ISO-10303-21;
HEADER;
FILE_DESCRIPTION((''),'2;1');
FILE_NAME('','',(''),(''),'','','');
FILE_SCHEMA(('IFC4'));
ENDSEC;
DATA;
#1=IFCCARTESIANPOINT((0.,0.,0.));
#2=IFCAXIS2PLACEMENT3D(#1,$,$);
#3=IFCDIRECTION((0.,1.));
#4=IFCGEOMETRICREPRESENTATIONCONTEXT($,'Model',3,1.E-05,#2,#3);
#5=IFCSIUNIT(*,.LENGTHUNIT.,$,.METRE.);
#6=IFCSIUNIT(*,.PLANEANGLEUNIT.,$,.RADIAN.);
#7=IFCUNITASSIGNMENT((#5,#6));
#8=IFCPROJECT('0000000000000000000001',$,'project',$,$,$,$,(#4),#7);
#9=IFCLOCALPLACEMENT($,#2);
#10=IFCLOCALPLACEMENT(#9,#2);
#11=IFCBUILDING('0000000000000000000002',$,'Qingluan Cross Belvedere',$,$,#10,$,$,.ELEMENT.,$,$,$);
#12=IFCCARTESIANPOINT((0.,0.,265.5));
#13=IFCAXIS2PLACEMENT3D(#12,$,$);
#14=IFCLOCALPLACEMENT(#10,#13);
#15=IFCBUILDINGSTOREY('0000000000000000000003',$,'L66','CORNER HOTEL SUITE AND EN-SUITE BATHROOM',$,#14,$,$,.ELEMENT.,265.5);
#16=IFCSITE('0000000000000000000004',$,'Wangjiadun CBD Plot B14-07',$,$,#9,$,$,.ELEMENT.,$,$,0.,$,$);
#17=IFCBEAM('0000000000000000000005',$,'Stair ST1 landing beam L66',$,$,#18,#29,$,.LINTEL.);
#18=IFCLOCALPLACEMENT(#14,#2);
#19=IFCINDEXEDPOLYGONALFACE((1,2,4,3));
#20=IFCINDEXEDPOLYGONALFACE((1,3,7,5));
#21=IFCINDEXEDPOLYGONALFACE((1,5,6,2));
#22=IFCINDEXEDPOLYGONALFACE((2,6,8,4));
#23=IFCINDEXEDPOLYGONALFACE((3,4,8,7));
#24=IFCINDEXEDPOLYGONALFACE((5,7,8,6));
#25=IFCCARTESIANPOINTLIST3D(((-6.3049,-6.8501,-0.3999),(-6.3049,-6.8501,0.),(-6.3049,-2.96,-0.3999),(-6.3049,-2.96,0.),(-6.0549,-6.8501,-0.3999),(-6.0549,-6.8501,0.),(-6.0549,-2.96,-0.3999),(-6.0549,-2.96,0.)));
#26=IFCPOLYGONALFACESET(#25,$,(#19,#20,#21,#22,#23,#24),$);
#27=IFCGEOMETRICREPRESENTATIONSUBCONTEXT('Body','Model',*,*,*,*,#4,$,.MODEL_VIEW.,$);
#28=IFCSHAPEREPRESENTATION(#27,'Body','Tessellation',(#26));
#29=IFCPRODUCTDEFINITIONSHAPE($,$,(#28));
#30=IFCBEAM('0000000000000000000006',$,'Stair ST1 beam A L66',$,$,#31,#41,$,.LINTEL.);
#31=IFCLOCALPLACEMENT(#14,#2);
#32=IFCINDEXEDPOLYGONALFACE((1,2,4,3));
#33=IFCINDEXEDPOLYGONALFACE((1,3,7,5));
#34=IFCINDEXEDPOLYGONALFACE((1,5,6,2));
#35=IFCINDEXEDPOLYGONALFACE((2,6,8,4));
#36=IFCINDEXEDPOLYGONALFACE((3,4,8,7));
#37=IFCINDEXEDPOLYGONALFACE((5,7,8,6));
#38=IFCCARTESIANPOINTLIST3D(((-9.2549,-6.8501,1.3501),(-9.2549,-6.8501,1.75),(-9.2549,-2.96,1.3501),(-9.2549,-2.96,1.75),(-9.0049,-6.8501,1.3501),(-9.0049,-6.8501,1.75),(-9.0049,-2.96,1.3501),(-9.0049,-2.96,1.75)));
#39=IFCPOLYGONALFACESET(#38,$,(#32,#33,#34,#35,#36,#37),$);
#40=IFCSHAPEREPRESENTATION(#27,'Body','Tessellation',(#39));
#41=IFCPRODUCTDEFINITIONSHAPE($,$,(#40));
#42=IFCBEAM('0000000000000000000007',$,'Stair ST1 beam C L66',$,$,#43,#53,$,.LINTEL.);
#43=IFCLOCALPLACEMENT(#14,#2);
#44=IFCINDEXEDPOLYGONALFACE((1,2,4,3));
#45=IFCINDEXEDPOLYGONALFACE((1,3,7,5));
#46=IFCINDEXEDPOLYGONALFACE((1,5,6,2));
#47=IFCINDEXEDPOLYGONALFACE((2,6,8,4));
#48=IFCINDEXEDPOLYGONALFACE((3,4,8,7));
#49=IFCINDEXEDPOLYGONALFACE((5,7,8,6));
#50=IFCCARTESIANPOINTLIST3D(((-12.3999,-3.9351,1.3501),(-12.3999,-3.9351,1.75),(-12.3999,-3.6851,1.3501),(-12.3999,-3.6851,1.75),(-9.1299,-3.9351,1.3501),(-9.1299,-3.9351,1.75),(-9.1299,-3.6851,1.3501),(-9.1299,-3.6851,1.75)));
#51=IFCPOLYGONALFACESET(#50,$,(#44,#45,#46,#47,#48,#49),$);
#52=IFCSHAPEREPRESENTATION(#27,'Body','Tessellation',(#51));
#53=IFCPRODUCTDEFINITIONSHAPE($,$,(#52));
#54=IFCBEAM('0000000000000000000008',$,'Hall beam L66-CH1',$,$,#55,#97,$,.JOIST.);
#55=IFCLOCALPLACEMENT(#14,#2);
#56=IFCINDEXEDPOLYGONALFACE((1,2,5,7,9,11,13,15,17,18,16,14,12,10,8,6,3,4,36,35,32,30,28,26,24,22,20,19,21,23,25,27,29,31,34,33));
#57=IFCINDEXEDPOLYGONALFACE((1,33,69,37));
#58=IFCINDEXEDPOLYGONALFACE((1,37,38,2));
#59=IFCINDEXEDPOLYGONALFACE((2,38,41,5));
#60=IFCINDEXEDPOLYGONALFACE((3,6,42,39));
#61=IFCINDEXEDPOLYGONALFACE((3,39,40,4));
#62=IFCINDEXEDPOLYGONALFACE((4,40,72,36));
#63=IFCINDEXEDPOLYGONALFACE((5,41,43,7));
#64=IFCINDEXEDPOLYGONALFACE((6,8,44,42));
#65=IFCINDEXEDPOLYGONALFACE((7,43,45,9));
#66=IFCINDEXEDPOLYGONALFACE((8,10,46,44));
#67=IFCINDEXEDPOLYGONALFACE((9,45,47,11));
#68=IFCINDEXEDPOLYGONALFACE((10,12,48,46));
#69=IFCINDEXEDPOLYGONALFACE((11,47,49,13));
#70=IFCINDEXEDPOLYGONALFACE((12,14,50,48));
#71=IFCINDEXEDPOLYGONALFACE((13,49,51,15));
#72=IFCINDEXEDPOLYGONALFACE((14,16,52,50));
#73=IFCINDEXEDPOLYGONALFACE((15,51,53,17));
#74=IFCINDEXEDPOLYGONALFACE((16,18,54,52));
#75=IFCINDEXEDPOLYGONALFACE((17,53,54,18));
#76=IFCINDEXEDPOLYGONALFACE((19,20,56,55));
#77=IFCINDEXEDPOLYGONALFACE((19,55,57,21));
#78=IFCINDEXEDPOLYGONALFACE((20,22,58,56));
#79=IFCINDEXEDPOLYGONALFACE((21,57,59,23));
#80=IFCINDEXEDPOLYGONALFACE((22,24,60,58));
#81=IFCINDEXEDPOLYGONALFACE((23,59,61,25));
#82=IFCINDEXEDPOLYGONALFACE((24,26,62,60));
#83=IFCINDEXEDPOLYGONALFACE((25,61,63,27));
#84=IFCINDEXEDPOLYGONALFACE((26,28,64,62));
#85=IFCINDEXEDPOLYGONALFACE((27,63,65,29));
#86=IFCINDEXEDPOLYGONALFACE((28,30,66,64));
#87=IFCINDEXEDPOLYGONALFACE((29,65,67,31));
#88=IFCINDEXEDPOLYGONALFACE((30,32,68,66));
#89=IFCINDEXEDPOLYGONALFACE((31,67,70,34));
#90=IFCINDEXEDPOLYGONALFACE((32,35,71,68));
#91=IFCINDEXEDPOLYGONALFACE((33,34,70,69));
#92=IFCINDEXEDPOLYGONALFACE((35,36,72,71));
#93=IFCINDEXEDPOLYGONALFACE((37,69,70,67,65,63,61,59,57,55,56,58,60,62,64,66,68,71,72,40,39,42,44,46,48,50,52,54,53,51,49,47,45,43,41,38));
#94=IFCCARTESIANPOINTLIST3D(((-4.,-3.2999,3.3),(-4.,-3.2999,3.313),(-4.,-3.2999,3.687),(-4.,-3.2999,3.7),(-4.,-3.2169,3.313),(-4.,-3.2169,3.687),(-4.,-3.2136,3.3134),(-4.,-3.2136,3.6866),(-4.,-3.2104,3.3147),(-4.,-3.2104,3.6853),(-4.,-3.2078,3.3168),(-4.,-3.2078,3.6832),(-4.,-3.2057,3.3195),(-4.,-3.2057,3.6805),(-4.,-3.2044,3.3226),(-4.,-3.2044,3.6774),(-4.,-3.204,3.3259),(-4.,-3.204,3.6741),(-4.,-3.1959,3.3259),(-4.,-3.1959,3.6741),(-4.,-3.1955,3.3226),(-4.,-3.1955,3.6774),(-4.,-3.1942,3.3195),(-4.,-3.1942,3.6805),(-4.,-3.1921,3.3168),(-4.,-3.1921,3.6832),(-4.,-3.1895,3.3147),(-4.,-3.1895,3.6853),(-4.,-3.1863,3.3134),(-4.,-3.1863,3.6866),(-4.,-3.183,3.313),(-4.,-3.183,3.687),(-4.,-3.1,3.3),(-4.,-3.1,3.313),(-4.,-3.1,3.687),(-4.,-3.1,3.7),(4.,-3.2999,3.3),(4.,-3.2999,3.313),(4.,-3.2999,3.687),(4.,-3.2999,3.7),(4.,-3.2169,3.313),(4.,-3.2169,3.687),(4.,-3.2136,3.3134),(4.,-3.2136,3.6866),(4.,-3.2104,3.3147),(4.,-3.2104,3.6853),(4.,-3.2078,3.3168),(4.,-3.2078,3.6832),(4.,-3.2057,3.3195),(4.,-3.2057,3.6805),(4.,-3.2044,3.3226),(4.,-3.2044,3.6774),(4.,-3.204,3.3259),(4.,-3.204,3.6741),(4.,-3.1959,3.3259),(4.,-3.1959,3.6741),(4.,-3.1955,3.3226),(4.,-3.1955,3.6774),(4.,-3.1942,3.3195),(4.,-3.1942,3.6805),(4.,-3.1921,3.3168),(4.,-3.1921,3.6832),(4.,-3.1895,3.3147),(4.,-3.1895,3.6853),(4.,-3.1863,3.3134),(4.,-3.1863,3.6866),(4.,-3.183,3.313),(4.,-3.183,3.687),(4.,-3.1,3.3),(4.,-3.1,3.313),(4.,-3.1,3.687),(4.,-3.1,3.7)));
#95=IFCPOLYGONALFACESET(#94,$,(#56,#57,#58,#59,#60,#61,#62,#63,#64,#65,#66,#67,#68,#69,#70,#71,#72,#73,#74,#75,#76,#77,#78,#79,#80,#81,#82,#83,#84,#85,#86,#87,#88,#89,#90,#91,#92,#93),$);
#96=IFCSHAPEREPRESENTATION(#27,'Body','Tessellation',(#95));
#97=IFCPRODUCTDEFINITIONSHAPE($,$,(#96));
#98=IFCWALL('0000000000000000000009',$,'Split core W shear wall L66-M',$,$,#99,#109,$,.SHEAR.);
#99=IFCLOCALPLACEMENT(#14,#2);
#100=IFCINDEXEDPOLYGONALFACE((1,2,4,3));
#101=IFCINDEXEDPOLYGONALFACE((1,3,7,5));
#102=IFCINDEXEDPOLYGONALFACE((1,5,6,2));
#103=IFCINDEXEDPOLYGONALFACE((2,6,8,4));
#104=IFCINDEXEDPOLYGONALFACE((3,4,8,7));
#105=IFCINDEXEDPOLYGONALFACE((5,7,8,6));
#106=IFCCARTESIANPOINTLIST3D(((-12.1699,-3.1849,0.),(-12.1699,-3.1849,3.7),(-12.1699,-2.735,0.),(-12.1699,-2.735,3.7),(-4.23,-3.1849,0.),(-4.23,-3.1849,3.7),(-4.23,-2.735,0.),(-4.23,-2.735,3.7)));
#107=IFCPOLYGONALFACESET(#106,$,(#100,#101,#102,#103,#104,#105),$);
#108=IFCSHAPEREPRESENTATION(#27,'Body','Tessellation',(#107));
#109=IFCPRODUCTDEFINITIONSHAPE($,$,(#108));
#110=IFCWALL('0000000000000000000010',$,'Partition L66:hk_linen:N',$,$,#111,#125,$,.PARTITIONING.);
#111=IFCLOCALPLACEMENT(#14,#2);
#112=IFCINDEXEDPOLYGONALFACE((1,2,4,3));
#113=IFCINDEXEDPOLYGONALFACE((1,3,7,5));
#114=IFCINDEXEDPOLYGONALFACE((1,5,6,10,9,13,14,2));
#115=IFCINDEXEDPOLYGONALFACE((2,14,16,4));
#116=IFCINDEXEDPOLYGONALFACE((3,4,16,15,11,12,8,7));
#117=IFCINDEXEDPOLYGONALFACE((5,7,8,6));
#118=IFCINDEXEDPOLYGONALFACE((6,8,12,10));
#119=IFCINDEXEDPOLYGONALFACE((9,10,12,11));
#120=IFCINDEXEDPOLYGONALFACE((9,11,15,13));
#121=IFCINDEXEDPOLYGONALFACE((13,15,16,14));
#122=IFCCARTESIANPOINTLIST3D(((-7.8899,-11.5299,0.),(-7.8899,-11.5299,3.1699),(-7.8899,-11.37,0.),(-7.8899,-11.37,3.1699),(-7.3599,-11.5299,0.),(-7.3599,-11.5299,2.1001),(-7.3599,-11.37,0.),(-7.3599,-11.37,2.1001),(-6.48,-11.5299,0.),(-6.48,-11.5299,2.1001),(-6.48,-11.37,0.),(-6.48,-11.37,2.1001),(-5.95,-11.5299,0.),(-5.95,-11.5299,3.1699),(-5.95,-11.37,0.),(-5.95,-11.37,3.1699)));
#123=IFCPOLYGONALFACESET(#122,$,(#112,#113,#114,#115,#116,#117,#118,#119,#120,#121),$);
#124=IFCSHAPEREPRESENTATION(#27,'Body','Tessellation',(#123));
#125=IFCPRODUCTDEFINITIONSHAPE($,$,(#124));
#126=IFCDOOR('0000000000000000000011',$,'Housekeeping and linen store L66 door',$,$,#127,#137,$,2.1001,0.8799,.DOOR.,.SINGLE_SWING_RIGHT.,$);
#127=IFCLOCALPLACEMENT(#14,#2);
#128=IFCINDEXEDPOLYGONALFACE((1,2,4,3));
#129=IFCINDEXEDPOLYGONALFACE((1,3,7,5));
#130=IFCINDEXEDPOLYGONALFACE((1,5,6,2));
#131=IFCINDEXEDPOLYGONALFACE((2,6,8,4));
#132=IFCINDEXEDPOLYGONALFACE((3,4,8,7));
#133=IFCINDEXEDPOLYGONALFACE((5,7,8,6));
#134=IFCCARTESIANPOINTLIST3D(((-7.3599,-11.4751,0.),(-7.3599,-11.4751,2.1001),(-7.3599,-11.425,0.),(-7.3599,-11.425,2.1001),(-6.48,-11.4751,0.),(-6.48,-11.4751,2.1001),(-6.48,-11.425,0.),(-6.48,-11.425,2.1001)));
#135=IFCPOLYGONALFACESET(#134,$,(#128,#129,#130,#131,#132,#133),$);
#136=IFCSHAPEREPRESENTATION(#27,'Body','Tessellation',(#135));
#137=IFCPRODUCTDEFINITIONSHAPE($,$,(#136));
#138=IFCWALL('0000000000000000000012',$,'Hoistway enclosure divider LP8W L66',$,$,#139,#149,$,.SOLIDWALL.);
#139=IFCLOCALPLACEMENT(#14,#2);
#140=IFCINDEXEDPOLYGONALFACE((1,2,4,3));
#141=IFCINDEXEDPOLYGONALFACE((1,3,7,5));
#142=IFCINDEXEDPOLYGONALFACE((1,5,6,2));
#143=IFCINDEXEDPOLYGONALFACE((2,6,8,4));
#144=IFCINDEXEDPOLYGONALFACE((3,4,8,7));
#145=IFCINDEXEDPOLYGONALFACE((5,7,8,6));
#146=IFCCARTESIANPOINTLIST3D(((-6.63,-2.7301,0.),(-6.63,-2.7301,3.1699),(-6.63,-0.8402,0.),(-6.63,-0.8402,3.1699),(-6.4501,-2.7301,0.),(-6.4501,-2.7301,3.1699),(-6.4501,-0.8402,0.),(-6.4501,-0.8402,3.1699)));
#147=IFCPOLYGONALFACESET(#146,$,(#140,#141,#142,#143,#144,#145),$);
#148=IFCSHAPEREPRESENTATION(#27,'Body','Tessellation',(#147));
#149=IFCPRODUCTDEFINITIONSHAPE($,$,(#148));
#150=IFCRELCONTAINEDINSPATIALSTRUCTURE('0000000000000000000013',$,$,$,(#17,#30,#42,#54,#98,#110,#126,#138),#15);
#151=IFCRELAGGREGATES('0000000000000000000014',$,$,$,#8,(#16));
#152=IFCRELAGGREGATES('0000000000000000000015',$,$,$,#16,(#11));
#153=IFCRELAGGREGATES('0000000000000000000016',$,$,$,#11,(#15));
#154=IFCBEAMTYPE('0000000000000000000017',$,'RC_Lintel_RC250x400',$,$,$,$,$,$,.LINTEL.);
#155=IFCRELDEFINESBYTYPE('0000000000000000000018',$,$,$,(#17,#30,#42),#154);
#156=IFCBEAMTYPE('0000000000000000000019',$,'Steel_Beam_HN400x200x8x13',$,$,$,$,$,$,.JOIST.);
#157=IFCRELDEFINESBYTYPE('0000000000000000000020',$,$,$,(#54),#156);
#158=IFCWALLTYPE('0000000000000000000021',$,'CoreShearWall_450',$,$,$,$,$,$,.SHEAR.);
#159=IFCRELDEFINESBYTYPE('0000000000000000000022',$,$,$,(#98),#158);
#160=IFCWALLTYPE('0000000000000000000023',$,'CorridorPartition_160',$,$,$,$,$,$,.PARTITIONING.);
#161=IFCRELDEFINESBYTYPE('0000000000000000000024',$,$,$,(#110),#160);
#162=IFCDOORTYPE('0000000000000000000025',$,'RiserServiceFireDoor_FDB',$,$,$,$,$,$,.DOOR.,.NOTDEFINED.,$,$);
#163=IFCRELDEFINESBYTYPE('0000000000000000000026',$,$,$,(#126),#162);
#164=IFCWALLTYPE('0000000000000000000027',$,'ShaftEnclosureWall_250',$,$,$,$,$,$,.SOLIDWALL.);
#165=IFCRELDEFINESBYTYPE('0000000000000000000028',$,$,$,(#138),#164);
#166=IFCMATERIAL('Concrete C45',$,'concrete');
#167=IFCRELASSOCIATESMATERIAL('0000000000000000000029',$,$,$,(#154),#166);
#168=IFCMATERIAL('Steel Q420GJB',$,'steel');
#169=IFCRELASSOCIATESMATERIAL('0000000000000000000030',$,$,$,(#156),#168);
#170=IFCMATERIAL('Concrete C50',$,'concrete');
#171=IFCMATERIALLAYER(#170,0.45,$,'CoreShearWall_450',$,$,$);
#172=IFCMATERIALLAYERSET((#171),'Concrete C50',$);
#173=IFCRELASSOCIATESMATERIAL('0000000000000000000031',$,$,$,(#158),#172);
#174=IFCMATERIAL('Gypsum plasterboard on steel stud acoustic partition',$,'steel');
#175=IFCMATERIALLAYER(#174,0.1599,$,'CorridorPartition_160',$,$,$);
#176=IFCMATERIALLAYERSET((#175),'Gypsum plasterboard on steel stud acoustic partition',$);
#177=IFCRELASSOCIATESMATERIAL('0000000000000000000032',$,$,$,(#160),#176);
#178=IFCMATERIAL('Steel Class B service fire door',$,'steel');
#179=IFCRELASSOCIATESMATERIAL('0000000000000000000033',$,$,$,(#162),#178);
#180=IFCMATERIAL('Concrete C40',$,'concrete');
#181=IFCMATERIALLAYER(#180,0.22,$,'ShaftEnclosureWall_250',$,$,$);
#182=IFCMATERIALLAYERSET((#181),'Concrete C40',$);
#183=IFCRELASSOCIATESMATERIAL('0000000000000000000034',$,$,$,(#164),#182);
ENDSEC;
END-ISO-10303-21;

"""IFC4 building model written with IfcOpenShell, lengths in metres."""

from ifc_helpers import new_model, si_unit, direction, frame, frame_2d, origin, origin_2d, place, context, subcontext, project, spatial, rectangle, i_section, extrude, material, layer, layer_set, material_profile, profile_set, type_object, element, fill, save


model = new_model("IFC4")

# Units and contexts
model_context = context("Model", 3, precision=1e-05, world=origin(), true_north=direction((0.0, 1.0)))
body_context = subcontext(model_context, "Body", "Model", "MODEL_VIEW")
ifc_project = project(units=[si_unit("LENGTHUNIT", "METRE"), si_unit("PLANEANGLEUNIT", "RADIAN")], contexts=[model_context])

# Site, building, storey
site_placement = place(None, origin())
site = spatial("IfcSite", under=ifc_project, at=site_placement, Name="Wangjiadun CBD Plot B14-07", CompositionType="ELEMENT", RefElevation=0.0)
building_placement = place(site_placement, origin())
building = spatial("IfcBuilding", under=site, at=building_placement, Name="Qingluan Cross Belvedere", CompositionType="ELEMENT")
storey_placement = place(building_placement, frame((0.0, 0.0, 265.5)))
storey = spatial("IfcBuildingStorey", under=building, at=storey_placement, Name="L66", Description="CORNER HOTEL SUITE AND EN-SUITE BATHROOM", CompositionType="ELEMENT", Elevation=265.5)

# Beams
ifc_material_1 = material(Name="Concrete C45", Category="concrete")
ifc_material_profile_1 = material_profile(ifc_material_1, rectangle(XDim=0.25, YDim=0.3999, at=origin_2d()), Name="RC250x400")
ifc_profile_set_1 = profile_set([ifc_material_profile_1], Name="Concrete C45")
beam_type_1 = type_object("IfcBeamType", Name="RC_Lintel_RC250x400", PredefinedType="LINTEL", material=ifc_profile_set_1)
for number, where, z_axis, x_axis, name in (
    (1, (-6.1799, -6.8501, -0.2), (0.0, 1.0, 0.0), (-1.0, 0.0, 0.0), "Stair ST1 landing beam L66"),
    (2, (-9.1299, -6.8501, 1.55), (0.0, 1.0, 0.0), (-1.0, 0.0, 0.0), "Stair ST1 beam A L66"),
):
    element("IfcBeam", number, at=place(storey_placement, frame(where, z_axis=z_axis, x_axis=x_axis)), inside=storey, type_object=beam_type_1, Name=name, PredefinedType="LINTEL", context=body_context, shape_type="SweptSolid", body=[
        extrude(rectangle(XDim=0.25, YDim=0.3999, at=origin_2d()), origin(), (0.0, 0.0, 1.0), 3.8901),
    ])
beam_1_placement = place(storey_placement, frame((-12.3999, -3.8101, 1.55), z_axis=(1.0, 0.0, 0.0), x_axis=(0.0, 1.0, 0.0)))
element("IfcBeam", 3, at=beam_1_placement, inside=storey, type_object=beam_type_1, Name="Stair ST1 beam C L66", PredefinedType="LINTEL", context=body_context, shape_type="SweptSolid", body=[
    extrude(rectangle(XDim=0.25, YDim=0.3999, at=origin_2d()), origin(), (0.0, 0.0, 1.0), 3.27),
])
ifc_material_2 = material(Name="Steel Q420GJB", Category="steel")
ifc_material_profile_2 = material_profile(ifc_material_2, i_section(OverallWidth=0.2, OverallDepth=0.3999, WebThickness=0.0081, FlangeThickness=0.0129, FilletRadius=0.0129, at=origin_2d()), Name="HN400x200x8x13")
ifc_profile_set_2 = profile_set([ifc_material_profile_2], Name="Steel Q420GJB")
beam_type_2 = type_object("IfcBeamType", Name="Steel_Beam_HN400x200x8x13", PredefinedType="JOIST", material=ifc_profile_set_2)
beam_2_placement = place(storey_placement, frame((-4.0, -3.2, 3.5), z_axis=(1.0, 0.0, 0.0), x_axis=(0.0, 1.0, 0.0)))
element("IfcBeam", 4, at=beam_2_placement, inside=storey, type_object=beam_type_2, Name="Hall beam L66-CH1", PredefinedType="JOIST", context=body_context, shape_type="SweptSolid", body=[
    extrude(i_section(OverallWidth=0.2, OverallDepth=0.3999, WebThickness=0.0081, FlangeThickness=0.0129, FilletRadius=0.0129, at=origin_2d()), origin(), (0.0, 0.0, 1.0), 8.0),
])

# Shared definitions
ifc_material_3 = material(Name="Concrete C50", Category="concrete")
ifc_layer_1 = layer(ifc_material_3, 0.45, Name="CoreShearWall_450")
ifc_layer_set_1 = layer_set([ifc_layer_1], Name="Concrete C50")
wall_type_1 = type_object("IfcWallType", Name="CoreShearWall_450", PredefinedType="SHEAR", material=ifc_layer_set_1)

# Wall
wall_1_placement = place(storey_placement, frame((-12.1699, -2.96, 0.0), z_axis=(0.0, 0.0, 1.0), x_axis=(1.0, 0.0, 0.0)))
element("IfcWall", 5, at=wall_1_placement, inside=storey, type_object=wall_type_1, Name="Split core W shear wall L66-M", PredefinedType="SHEAR", context=body_context, shape_type="SweptSolid", body=[
    extrude(rectangle(XDim=7.9399, YDim=0.45, at=frame_2d((3.97, 0.0))), origin(), (0.0, 0.0, 1.0), 3.7),
])

# Wall, opening, door
ifc_material_4 = material(Name="Gypsum plasterboard on steel stud acoustic partition", Category="steel")
ifc_layer_2 = layer(ifc_material_4, 0.1599, Name="CorridorPartition_160")
ifc_layer_set_2 = layer_set([ifc_layer_2], Name="Gypsum plasterboard on steel stud acoustic partition")
wall_type_2 = type_object("IfcWallType", Name="CorridorPartition_160", PredefinedType="PARTITIONING", material=ifc_layer_set_2)
wall_2_placement = place(storey_placement, frame((-7.8899, -11.45, 0.0), z_axis=(0.0, 0.0, 1.0), x_axis=(1.0, 0.0, 0.0)))
wall_2 = element("IfcWall", 6, at=wall_2_placement, inside=storey, type_object=wall_type_2, Name="Partition L66:hk_linen:N", PredefinedType="PARTITIONING", context=body_context, shape_type="SweptSolid", body=[
    extrude(rectangle(XDim=1.9399, YDim=0.1599, at=frame_2d((0.97, 0.0))), origin(), (0.0, 0.0, 1.0), 3.1699),
])
opening_1_placement = place(wall_2_placement, frame((0.53, 0.0, 0.0)))
opening_1 = element("IfcOpeningElement", 7, at=opening_1_placement, cuts=wall_2, PredefinedType="OPENING", context=body_context, shape_type="SweptSolid", body=[
    extrude(rectangle(XDim=0.8799, YDim=2.1001, at=frame_2d((0.4399, 1.05))), frame((0.0, 0.0898, 0.0), z_axis=(0.0, -1.0, 0.0), x_axis=(1.0, 0.0, 0.0)), (0.0, 0.0, 1.0), 0.1799),
])
ifc_material_5 = material(Name="Steel Class B service fire door", Category="steel")
door_type_1 = type_object("IfcDoorType", Name="RiserServiceFireDoor_FDB", OperationType="NOTDEFINED", PredefinedType="DOOR", material=ifc_material_5)
door_1_placement = place(opening_1_placement, origin())
door_1 = element("IfcDoor", 8, at=door_1_placement, inside=storey, type_object=door_type_1, Name="Housekeeping and linen store L66 door", OperationType="SINGLE_SWING_RIGHT", OverallHeight=2.1001, OverallWidth=0.8799, PredefinedType="DOOR", context=body_context, shape_type="SweptSolid", body=[
    extrude(rectangle(XDim=0.8799, YDim=2.1001, at=frame_2d((0.4399, 1.05))), frame((0.0, 0.0249, 0.0), z_axis=(0.0, -1.0, 0.0), x_axis=(1.0, 0.0, 0.0)), (0.0, 0.0, 1.0), 0.05),
])
fill(opening_1, door_1)

# Wall
ifc_material_6 = material(Name="Concrete C40", Category="concrete")
ifc_layer_3 = layer(ifc_material_6, 0.22, Name="ShaftEnclosureWall_250")
ifc_layer_set_3 = layer_set([ifc_layer_3], Name="Concrete C40")
wall_type_3 = type_object("IfcWallType", Name="ShaftEnclosureWall_250", PredefinedType="SOLIDWALL", material=ifc_layer_set_3)
wall_3_placement = place(storey_placement, frame((-6.54, -2.73, 0.0), z_axis=(0.0, 0.0, 1.0), x_axis=(0.0, 1.0, 0.0)))
element("IfcWall", 9, at=wall_3_placement, inside=storey, type_object=wall_type_3, Name="Hoistway enclosure divider LP8W L66", PredefinedType="SOLIDWALL", context=body_context, shape_type="SweptSolid", body=[
    extrude(rectangle(XDim=1.8899, YDim=0.1799, at=frame_2d((0.9448, 0.0))), origin(), (0.0, 0.0, 1.0), 3.1699),
])

save(model, "model.ifc")
